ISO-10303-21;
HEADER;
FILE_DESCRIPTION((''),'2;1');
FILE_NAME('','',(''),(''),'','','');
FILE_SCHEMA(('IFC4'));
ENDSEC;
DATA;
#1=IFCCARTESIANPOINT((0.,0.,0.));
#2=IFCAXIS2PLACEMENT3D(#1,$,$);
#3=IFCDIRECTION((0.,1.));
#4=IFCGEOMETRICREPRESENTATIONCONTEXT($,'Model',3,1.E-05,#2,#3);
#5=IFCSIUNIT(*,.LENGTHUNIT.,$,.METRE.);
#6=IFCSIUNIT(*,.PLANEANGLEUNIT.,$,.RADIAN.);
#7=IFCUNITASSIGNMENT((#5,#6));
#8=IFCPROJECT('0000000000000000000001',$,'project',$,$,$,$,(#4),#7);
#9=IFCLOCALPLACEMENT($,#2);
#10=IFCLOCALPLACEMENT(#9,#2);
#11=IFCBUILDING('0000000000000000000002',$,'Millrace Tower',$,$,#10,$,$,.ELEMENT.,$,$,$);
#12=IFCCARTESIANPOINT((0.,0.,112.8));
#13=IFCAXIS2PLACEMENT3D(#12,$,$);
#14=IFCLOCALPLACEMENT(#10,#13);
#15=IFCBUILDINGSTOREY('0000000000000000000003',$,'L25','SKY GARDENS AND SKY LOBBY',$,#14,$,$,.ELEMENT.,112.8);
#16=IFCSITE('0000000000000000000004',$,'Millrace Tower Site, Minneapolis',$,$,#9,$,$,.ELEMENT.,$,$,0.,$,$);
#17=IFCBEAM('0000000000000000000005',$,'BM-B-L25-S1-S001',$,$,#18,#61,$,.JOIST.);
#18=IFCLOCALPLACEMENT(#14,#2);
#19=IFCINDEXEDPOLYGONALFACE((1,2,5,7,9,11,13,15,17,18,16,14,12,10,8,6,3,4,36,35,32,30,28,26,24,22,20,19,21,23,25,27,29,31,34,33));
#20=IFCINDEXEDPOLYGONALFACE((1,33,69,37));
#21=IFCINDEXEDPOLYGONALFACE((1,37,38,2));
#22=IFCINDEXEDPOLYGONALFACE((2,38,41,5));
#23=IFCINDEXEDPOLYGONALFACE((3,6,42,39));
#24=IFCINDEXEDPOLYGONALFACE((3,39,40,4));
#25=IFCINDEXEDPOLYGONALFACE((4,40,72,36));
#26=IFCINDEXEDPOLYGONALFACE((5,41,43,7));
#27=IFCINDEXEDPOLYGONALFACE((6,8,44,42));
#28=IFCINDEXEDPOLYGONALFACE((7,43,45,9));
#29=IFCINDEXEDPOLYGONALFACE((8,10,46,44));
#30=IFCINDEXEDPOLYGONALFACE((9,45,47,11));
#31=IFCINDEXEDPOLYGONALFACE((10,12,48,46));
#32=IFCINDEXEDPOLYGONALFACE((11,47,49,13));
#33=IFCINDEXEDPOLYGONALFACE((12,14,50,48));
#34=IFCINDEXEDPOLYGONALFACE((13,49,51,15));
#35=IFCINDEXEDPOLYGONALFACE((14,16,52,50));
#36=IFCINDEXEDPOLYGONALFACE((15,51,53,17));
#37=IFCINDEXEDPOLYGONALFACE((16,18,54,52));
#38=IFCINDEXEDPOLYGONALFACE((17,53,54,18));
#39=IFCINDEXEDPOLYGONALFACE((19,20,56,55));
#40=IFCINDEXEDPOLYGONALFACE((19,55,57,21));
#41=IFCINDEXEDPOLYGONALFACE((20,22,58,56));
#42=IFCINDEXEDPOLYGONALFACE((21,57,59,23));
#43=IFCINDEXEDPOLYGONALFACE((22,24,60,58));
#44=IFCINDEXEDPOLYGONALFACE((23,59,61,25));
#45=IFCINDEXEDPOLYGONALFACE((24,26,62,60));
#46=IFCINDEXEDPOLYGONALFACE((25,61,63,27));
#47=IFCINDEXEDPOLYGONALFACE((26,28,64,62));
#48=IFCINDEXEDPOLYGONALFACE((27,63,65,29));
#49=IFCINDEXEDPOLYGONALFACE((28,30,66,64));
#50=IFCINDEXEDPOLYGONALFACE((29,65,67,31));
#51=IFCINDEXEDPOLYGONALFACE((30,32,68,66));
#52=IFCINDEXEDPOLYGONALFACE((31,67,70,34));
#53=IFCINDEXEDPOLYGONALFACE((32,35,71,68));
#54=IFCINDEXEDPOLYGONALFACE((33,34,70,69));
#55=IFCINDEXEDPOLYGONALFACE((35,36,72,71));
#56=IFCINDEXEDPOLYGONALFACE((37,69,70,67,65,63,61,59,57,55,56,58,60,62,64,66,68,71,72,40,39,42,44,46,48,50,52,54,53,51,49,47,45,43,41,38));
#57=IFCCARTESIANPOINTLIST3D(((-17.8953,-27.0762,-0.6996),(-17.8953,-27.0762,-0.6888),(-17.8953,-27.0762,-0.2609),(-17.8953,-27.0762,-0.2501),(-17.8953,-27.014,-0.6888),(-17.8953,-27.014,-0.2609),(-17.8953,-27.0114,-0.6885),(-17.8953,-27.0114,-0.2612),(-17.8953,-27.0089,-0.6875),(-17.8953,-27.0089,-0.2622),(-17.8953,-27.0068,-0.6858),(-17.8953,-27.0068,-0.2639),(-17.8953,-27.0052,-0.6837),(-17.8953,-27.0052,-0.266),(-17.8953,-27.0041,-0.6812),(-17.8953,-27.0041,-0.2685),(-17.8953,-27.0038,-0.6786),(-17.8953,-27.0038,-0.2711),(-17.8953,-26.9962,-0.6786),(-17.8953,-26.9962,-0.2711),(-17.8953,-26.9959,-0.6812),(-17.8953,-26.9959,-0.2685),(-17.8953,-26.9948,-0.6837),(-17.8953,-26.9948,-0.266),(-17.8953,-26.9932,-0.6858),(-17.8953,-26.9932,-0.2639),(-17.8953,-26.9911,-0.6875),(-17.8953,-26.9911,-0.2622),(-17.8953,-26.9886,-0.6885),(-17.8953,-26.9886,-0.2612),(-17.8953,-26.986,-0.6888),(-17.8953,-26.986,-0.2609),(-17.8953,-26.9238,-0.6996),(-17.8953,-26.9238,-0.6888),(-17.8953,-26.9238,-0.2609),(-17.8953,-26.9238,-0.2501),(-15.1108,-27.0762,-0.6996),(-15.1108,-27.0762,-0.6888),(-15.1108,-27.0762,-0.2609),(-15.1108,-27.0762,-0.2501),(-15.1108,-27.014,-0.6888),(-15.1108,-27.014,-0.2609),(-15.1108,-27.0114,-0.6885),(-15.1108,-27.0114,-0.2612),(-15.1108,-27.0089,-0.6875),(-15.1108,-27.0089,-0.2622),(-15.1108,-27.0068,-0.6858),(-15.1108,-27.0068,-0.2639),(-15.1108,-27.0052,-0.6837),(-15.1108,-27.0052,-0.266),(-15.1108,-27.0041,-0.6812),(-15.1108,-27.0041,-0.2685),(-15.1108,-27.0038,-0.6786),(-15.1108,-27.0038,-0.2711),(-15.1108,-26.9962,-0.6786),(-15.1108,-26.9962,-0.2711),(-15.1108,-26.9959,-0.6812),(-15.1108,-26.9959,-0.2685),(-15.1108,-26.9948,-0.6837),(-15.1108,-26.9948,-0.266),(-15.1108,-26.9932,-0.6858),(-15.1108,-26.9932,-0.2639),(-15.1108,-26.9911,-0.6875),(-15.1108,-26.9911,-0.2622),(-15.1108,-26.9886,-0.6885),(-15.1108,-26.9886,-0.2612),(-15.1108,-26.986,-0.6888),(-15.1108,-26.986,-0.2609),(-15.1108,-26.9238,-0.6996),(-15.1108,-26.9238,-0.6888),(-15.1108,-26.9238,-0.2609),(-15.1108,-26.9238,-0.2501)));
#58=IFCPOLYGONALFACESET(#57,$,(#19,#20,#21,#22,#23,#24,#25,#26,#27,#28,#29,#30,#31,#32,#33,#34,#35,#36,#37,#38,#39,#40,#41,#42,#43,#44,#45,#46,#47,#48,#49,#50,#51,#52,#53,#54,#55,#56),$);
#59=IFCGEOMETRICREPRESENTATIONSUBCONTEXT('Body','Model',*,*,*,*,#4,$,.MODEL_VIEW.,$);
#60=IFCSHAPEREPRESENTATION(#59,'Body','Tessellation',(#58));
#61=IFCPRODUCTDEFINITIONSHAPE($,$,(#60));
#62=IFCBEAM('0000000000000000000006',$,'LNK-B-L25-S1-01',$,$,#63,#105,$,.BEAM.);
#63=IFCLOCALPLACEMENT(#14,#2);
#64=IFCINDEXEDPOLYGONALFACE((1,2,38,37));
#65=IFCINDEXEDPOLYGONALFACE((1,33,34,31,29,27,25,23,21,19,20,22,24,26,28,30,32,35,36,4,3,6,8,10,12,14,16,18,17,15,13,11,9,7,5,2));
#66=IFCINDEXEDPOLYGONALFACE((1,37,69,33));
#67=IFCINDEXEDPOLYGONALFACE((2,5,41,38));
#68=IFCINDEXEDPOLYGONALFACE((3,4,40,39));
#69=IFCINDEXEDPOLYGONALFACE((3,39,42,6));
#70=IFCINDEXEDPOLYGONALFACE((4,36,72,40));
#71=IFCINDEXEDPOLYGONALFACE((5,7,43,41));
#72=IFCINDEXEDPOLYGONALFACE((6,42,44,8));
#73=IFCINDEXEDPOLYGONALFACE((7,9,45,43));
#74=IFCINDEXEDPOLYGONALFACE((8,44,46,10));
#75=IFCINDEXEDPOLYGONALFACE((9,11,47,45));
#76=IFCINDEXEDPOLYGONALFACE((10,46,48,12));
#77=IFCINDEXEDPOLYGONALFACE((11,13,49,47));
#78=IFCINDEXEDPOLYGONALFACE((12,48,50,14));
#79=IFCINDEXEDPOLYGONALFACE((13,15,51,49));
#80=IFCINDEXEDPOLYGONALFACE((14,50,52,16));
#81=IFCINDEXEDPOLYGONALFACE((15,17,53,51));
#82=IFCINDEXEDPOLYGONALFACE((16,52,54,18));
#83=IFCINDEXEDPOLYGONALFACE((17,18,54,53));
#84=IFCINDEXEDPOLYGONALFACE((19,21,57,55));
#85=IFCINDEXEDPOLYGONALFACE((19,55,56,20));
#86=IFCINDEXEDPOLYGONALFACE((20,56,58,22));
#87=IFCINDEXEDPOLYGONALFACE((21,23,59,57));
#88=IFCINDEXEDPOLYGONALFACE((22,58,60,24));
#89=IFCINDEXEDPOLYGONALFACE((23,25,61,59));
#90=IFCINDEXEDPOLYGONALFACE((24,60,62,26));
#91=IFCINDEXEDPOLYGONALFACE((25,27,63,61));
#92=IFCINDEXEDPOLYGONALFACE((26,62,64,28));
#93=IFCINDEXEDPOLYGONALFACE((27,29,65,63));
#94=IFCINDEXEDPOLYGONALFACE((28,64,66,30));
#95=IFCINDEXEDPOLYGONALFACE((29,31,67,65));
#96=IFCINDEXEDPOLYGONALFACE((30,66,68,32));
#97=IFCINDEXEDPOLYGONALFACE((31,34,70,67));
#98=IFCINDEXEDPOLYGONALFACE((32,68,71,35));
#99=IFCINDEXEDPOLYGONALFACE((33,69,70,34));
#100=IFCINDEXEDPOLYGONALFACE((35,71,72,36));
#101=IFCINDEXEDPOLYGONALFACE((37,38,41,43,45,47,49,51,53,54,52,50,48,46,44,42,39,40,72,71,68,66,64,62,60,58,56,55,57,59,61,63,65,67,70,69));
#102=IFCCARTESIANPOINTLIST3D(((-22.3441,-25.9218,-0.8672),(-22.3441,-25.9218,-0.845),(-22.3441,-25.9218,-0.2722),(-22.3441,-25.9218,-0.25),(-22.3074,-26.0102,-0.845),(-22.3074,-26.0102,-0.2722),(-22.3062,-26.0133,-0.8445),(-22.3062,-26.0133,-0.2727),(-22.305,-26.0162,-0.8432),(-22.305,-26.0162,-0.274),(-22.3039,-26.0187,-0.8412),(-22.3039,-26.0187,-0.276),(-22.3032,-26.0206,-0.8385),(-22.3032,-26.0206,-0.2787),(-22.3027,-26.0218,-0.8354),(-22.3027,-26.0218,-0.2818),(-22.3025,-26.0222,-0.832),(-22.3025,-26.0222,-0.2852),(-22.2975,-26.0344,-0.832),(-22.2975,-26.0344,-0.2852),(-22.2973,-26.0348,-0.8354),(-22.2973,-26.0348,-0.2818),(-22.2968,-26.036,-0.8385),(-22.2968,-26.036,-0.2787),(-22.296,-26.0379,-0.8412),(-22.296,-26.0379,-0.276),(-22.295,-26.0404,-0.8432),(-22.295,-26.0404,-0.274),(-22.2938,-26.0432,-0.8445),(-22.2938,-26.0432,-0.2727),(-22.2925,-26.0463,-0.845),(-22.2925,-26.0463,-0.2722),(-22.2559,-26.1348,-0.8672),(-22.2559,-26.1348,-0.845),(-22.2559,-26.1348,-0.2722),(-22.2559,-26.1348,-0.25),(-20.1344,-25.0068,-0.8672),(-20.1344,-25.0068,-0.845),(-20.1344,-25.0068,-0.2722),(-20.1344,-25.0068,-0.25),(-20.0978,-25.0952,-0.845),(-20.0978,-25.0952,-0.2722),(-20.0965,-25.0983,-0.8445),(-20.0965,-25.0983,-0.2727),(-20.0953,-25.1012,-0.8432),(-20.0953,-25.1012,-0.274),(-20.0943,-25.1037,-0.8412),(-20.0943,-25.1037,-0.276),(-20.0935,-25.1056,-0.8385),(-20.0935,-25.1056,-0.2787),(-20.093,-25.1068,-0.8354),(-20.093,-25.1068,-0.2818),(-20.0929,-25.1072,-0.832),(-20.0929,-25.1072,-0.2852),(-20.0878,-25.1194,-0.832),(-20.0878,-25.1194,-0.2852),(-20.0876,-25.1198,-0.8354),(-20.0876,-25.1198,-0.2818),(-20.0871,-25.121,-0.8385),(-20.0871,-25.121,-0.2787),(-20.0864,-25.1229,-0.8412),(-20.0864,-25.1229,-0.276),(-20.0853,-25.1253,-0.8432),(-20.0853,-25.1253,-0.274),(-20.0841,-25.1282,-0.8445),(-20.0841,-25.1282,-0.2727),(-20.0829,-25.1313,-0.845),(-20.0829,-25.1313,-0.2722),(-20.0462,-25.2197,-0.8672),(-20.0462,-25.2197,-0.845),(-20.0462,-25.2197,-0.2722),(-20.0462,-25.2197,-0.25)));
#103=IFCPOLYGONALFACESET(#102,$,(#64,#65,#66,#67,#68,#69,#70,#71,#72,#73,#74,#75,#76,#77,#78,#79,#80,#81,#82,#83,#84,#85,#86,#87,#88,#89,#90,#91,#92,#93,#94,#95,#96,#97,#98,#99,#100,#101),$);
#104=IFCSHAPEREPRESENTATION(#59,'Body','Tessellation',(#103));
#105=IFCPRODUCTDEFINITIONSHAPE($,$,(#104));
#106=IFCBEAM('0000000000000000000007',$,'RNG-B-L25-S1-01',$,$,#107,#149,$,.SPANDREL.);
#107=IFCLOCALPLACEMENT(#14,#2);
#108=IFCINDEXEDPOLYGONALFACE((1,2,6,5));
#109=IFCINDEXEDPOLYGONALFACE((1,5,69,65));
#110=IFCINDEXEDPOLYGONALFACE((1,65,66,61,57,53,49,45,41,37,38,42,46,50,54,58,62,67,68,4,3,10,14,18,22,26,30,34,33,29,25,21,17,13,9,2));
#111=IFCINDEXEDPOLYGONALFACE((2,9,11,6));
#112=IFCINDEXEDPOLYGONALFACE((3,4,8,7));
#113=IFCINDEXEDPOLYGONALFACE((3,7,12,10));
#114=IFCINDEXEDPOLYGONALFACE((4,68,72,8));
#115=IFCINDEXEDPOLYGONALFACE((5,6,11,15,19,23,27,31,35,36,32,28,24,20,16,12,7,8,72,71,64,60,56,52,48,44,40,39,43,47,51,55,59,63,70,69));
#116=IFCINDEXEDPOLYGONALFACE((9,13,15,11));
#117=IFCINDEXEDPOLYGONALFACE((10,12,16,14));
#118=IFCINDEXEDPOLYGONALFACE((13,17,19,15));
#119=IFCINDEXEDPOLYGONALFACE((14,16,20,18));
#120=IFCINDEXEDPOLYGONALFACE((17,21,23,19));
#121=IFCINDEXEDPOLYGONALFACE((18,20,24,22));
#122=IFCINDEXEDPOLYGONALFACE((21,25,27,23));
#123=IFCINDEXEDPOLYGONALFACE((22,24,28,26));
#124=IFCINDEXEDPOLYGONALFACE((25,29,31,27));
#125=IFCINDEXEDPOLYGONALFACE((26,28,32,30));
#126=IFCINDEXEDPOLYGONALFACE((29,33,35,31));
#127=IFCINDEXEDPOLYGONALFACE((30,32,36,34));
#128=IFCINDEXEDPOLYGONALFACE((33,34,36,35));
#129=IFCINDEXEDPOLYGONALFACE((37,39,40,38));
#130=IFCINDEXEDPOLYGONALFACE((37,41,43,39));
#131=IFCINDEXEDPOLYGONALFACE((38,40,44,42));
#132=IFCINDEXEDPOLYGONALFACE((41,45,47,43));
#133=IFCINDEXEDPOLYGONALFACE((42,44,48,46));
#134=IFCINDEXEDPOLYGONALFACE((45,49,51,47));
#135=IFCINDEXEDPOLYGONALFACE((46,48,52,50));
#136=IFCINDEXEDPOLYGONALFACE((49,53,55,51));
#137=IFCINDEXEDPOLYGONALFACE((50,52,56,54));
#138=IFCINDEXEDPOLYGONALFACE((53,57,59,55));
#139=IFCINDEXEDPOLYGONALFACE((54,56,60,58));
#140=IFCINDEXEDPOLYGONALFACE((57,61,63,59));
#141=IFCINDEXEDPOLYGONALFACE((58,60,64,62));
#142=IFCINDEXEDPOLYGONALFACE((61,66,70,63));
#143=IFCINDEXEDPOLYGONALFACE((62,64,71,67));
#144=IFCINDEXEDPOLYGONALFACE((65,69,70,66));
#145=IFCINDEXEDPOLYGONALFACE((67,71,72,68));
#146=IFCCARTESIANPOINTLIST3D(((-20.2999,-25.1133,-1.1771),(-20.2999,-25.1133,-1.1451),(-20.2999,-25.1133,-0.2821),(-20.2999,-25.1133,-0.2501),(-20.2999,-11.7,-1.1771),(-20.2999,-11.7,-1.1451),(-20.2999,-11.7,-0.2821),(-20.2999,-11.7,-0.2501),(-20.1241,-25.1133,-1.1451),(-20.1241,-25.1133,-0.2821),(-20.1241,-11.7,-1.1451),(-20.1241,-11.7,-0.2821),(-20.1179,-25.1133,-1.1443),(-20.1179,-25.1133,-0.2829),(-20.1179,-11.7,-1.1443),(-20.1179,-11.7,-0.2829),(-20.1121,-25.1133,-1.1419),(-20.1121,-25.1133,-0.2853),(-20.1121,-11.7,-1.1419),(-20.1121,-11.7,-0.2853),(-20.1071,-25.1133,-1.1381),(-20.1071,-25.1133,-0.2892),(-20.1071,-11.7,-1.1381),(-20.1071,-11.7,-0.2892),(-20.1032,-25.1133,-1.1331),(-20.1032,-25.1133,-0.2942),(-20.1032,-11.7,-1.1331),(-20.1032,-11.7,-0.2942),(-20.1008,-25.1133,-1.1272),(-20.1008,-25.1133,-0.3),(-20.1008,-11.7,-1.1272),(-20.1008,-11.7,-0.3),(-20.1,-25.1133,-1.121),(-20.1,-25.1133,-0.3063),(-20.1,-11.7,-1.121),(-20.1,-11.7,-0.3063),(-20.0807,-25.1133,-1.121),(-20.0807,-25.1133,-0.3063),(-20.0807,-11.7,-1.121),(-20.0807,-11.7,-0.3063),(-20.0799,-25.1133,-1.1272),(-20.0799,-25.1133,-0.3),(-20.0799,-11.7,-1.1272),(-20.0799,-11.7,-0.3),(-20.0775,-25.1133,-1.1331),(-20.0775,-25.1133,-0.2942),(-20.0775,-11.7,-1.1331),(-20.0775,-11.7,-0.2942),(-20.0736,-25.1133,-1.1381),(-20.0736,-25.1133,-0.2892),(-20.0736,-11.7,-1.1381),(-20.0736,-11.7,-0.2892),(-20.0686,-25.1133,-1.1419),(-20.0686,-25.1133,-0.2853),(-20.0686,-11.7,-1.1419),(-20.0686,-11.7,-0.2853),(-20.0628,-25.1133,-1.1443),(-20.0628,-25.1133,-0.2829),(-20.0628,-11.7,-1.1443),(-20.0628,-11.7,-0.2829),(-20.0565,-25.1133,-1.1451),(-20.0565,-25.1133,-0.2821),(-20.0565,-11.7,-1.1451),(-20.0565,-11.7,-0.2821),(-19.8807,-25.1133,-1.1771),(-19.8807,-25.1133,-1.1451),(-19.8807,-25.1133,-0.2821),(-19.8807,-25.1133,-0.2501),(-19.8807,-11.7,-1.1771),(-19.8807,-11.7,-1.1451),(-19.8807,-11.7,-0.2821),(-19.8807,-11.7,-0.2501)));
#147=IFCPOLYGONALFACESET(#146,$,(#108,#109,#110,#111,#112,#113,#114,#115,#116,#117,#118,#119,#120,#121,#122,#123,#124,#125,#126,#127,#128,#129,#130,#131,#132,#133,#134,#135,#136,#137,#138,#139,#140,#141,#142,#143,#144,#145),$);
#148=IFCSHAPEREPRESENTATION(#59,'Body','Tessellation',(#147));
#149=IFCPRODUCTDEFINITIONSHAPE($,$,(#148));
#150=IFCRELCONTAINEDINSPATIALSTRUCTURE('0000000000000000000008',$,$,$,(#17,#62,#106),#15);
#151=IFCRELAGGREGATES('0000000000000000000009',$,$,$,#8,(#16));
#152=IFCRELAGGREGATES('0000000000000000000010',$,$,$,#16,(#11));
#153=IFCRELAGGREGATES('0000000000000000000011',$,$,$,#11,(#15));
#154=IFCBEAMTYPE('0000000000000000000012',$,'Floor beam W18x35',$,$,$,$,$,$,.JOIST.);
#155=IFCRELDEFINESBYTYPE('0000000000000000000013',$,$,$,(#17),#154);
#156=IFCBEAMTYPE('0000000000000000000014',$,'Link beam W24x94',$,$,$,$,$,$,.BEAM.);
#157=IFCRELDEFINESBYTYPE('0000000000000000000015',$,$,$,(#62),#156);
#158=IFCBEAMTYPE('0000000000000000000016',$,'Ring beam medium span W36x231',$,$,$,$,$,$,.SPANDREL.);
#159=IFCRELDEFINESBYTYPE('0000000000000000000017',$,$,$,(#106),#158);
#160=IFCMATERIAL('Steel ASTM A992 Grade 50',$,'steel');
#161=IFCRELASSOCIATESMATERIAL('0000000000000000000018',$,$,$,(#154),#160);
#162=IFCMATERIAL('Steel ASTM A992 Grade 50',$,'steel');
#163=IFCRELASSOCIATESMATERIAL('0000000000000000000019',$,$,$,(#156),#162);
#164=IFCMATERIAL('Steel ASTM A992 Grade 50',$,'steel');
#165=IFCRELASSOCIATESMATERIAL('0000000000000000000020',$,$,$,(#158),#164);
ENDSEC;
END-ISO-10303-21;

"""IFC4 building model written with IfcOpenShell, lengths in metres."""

from ifc_helpers import new_model, si_unit, direction, frame, origin, origin_2d, place, context, subcontext, project, spatial, i_section, extrude, material, material_profile, profile_set, type_object, element, save


model = new_model("IFC4")

# Units and contexts
model_context = context("Model", 3, precision=1e-05, world=origin(), true_north=direction((0.0, 1.0)))
body_context = subcontext(model_context, "Body", "Model", "MODEL_VIEW")
ifc_project = project(units=[si_unit("LENGTHUNIT", "METRE"), si_unit("PLANEANGLEUNIT", "RADIAN")], contexts=[model_context])

# Site, building, storey
site_placement = place(None, origin())
site = spatial("IfcSite", under=ifc_project, at=site_placement, Name="Millrace Tower Site, Minneapolis", CompositionType="ELEMENT", RefElevation=0.0)
building_placement = place(site_placement, origin())
building = spatial("IfcBuilding", under=site, at=building_placement, Name="Millrace Tower", CompositionType="ELEMENT")
storey_placement = place(building_placement, frame((0.0, 0.0, 112.8)))
storey = spatial("IfcBuildingStorey", under=building, at=storey_placement, Name="L25", Description="SKY GARDENS AND SKY LOBBY", CompositionType="ELEMENT", Elevation=112.8)

# Beams
ifc_material_1 = material(Name="Steel ASTM A992 Grade 50", Category="steel")
ifc_material_profile_1 = material_profile(ifc_material_1, i_section(OverallWidth=0.1523, OverallDepth=0.4495, WebThickness=0.0076, FlangeThickness=0.0107, FilletRadius=0.0103, at=origin_2d()))
ifc_profile_set_1 = profile_set([ifc_material_profile_1], Name="Steel ASTM A992 Grade 50")
beam_type_1 = type_object("IfcBeamType", Name="Floor beam W18x35", PredefinedType="JOIST", material=ifc_profile_set_1)
beam_1_placement = place(storey_placement, frame((-17.8953, -27.0, -0.4749), z_axis=(1.0, 0.0, 0.0), x_axis=(0.0, 1.0, 0.0)))
element("IfcBeam", 1, at=beam_1_placement, inside=storey, type_object=beam_type_1, Name="BM-B-L25-S1-S001", PredefinedType="JOIST", context=body_context, shape_type="SweptSolid", body=[
    extrude(i_section(OverallWidth=0.1523, OverallDepth=0.4495, WebThickness=0.0076, FlangeThickness=0.0107, FilletRadius=0.0103, at=origin_2d()), origin(), (0.0, 0.0, 1.0), 2.7844),
])
ifc_material_2 = material(Name="Steel ASTM A992 Grade 50", Category="steel")
ifc_material_profile_2 = material_profile(ifc_material_2, i_section(OverallWidth=0.2305, OverallDepth=0.6172, WebThickness=0.0132, FlangeThickness=0.0222, FilletRadius=0.0129, at=origin_2d()))
ifc_profile_set_2 = profile_set([ifc_material_profile_2], Name="Steel ASTM A992 Grade 50")
beam_type_2 = type_object("IfcBeamType", Name="Link beam W24x94", PredefinedType="BEAM", material=ifc_profile_set_2)
beam_2_placement = place(storey_placement, frame((-20.0903, -25.1133, -0.5586), z_axis=(-0.923917, -0.382592, 0.0), x_axis=(0.382592, -0.923917, 0.0)))
element("IfcBeam", 2, at=beam_2_placement, inside=storey, type_object=beam_type_2, Name="LNK-B-L25-S1-01", PredefinedType="BEAM", context=body_context, shape_type="SweptSolid", body=[
    extrude(i_section(OverallWidth=0.2305, OverallDepth=0.6172, WebThickness=0.0132, FlangeThickness=0.0222, FilletRadius=0.0129, at=origin_2d()), origin(), (0.0, 0.0, 1.0), 2.3916),
])
ifc_material_3 = material(Name="Steel ASTM A992 Grade 50", Category="steel")
ifc_material_profile_3 = material_profile(ifc_material_3, i_section(OverallWidth=0.4192, OverallDepth=0.927, WebThickness=0.0193, FlangeThickness=0.032, FilletRadius=0.0242, at=origin_2d()))
ifc_profile_set_3 = profile_set([ifc_material_profile_3], Name="Steel ASTM A992 Grade 50")
beam_type_3 = type_object("IfcBeamType", Name="Ring beam medium span W36x231", PredefinedType="SPANDREL", material=ifc_profile_set_3)
beam_3_placement = place(storey_placement, frame((-20.0903, -25.1133, -0.7136), z_axis=(0.0, 1.0, 0.0), x_axis=(-1.0, 0.0, 0.0)))
element("IfcBeam", 3, at=beam_3_placement, inside=storey, type_object=beam_type_3, Name="RNG-B-L25-S1-01", PredefinedType="SPANDREL", context=body_context, shape_type="SweptSolid", body=[
    extrude(i_section(OverallWidth=0.4192, OverallDepth=0.927, WebThickness=0.0193, FlangeThickness=0.032, FilletRadius=0.0242, at=origin_2d()), origin(), (0.0, 0.0, 1.0), 13.4133),
])

save(model, "model.ifc")
